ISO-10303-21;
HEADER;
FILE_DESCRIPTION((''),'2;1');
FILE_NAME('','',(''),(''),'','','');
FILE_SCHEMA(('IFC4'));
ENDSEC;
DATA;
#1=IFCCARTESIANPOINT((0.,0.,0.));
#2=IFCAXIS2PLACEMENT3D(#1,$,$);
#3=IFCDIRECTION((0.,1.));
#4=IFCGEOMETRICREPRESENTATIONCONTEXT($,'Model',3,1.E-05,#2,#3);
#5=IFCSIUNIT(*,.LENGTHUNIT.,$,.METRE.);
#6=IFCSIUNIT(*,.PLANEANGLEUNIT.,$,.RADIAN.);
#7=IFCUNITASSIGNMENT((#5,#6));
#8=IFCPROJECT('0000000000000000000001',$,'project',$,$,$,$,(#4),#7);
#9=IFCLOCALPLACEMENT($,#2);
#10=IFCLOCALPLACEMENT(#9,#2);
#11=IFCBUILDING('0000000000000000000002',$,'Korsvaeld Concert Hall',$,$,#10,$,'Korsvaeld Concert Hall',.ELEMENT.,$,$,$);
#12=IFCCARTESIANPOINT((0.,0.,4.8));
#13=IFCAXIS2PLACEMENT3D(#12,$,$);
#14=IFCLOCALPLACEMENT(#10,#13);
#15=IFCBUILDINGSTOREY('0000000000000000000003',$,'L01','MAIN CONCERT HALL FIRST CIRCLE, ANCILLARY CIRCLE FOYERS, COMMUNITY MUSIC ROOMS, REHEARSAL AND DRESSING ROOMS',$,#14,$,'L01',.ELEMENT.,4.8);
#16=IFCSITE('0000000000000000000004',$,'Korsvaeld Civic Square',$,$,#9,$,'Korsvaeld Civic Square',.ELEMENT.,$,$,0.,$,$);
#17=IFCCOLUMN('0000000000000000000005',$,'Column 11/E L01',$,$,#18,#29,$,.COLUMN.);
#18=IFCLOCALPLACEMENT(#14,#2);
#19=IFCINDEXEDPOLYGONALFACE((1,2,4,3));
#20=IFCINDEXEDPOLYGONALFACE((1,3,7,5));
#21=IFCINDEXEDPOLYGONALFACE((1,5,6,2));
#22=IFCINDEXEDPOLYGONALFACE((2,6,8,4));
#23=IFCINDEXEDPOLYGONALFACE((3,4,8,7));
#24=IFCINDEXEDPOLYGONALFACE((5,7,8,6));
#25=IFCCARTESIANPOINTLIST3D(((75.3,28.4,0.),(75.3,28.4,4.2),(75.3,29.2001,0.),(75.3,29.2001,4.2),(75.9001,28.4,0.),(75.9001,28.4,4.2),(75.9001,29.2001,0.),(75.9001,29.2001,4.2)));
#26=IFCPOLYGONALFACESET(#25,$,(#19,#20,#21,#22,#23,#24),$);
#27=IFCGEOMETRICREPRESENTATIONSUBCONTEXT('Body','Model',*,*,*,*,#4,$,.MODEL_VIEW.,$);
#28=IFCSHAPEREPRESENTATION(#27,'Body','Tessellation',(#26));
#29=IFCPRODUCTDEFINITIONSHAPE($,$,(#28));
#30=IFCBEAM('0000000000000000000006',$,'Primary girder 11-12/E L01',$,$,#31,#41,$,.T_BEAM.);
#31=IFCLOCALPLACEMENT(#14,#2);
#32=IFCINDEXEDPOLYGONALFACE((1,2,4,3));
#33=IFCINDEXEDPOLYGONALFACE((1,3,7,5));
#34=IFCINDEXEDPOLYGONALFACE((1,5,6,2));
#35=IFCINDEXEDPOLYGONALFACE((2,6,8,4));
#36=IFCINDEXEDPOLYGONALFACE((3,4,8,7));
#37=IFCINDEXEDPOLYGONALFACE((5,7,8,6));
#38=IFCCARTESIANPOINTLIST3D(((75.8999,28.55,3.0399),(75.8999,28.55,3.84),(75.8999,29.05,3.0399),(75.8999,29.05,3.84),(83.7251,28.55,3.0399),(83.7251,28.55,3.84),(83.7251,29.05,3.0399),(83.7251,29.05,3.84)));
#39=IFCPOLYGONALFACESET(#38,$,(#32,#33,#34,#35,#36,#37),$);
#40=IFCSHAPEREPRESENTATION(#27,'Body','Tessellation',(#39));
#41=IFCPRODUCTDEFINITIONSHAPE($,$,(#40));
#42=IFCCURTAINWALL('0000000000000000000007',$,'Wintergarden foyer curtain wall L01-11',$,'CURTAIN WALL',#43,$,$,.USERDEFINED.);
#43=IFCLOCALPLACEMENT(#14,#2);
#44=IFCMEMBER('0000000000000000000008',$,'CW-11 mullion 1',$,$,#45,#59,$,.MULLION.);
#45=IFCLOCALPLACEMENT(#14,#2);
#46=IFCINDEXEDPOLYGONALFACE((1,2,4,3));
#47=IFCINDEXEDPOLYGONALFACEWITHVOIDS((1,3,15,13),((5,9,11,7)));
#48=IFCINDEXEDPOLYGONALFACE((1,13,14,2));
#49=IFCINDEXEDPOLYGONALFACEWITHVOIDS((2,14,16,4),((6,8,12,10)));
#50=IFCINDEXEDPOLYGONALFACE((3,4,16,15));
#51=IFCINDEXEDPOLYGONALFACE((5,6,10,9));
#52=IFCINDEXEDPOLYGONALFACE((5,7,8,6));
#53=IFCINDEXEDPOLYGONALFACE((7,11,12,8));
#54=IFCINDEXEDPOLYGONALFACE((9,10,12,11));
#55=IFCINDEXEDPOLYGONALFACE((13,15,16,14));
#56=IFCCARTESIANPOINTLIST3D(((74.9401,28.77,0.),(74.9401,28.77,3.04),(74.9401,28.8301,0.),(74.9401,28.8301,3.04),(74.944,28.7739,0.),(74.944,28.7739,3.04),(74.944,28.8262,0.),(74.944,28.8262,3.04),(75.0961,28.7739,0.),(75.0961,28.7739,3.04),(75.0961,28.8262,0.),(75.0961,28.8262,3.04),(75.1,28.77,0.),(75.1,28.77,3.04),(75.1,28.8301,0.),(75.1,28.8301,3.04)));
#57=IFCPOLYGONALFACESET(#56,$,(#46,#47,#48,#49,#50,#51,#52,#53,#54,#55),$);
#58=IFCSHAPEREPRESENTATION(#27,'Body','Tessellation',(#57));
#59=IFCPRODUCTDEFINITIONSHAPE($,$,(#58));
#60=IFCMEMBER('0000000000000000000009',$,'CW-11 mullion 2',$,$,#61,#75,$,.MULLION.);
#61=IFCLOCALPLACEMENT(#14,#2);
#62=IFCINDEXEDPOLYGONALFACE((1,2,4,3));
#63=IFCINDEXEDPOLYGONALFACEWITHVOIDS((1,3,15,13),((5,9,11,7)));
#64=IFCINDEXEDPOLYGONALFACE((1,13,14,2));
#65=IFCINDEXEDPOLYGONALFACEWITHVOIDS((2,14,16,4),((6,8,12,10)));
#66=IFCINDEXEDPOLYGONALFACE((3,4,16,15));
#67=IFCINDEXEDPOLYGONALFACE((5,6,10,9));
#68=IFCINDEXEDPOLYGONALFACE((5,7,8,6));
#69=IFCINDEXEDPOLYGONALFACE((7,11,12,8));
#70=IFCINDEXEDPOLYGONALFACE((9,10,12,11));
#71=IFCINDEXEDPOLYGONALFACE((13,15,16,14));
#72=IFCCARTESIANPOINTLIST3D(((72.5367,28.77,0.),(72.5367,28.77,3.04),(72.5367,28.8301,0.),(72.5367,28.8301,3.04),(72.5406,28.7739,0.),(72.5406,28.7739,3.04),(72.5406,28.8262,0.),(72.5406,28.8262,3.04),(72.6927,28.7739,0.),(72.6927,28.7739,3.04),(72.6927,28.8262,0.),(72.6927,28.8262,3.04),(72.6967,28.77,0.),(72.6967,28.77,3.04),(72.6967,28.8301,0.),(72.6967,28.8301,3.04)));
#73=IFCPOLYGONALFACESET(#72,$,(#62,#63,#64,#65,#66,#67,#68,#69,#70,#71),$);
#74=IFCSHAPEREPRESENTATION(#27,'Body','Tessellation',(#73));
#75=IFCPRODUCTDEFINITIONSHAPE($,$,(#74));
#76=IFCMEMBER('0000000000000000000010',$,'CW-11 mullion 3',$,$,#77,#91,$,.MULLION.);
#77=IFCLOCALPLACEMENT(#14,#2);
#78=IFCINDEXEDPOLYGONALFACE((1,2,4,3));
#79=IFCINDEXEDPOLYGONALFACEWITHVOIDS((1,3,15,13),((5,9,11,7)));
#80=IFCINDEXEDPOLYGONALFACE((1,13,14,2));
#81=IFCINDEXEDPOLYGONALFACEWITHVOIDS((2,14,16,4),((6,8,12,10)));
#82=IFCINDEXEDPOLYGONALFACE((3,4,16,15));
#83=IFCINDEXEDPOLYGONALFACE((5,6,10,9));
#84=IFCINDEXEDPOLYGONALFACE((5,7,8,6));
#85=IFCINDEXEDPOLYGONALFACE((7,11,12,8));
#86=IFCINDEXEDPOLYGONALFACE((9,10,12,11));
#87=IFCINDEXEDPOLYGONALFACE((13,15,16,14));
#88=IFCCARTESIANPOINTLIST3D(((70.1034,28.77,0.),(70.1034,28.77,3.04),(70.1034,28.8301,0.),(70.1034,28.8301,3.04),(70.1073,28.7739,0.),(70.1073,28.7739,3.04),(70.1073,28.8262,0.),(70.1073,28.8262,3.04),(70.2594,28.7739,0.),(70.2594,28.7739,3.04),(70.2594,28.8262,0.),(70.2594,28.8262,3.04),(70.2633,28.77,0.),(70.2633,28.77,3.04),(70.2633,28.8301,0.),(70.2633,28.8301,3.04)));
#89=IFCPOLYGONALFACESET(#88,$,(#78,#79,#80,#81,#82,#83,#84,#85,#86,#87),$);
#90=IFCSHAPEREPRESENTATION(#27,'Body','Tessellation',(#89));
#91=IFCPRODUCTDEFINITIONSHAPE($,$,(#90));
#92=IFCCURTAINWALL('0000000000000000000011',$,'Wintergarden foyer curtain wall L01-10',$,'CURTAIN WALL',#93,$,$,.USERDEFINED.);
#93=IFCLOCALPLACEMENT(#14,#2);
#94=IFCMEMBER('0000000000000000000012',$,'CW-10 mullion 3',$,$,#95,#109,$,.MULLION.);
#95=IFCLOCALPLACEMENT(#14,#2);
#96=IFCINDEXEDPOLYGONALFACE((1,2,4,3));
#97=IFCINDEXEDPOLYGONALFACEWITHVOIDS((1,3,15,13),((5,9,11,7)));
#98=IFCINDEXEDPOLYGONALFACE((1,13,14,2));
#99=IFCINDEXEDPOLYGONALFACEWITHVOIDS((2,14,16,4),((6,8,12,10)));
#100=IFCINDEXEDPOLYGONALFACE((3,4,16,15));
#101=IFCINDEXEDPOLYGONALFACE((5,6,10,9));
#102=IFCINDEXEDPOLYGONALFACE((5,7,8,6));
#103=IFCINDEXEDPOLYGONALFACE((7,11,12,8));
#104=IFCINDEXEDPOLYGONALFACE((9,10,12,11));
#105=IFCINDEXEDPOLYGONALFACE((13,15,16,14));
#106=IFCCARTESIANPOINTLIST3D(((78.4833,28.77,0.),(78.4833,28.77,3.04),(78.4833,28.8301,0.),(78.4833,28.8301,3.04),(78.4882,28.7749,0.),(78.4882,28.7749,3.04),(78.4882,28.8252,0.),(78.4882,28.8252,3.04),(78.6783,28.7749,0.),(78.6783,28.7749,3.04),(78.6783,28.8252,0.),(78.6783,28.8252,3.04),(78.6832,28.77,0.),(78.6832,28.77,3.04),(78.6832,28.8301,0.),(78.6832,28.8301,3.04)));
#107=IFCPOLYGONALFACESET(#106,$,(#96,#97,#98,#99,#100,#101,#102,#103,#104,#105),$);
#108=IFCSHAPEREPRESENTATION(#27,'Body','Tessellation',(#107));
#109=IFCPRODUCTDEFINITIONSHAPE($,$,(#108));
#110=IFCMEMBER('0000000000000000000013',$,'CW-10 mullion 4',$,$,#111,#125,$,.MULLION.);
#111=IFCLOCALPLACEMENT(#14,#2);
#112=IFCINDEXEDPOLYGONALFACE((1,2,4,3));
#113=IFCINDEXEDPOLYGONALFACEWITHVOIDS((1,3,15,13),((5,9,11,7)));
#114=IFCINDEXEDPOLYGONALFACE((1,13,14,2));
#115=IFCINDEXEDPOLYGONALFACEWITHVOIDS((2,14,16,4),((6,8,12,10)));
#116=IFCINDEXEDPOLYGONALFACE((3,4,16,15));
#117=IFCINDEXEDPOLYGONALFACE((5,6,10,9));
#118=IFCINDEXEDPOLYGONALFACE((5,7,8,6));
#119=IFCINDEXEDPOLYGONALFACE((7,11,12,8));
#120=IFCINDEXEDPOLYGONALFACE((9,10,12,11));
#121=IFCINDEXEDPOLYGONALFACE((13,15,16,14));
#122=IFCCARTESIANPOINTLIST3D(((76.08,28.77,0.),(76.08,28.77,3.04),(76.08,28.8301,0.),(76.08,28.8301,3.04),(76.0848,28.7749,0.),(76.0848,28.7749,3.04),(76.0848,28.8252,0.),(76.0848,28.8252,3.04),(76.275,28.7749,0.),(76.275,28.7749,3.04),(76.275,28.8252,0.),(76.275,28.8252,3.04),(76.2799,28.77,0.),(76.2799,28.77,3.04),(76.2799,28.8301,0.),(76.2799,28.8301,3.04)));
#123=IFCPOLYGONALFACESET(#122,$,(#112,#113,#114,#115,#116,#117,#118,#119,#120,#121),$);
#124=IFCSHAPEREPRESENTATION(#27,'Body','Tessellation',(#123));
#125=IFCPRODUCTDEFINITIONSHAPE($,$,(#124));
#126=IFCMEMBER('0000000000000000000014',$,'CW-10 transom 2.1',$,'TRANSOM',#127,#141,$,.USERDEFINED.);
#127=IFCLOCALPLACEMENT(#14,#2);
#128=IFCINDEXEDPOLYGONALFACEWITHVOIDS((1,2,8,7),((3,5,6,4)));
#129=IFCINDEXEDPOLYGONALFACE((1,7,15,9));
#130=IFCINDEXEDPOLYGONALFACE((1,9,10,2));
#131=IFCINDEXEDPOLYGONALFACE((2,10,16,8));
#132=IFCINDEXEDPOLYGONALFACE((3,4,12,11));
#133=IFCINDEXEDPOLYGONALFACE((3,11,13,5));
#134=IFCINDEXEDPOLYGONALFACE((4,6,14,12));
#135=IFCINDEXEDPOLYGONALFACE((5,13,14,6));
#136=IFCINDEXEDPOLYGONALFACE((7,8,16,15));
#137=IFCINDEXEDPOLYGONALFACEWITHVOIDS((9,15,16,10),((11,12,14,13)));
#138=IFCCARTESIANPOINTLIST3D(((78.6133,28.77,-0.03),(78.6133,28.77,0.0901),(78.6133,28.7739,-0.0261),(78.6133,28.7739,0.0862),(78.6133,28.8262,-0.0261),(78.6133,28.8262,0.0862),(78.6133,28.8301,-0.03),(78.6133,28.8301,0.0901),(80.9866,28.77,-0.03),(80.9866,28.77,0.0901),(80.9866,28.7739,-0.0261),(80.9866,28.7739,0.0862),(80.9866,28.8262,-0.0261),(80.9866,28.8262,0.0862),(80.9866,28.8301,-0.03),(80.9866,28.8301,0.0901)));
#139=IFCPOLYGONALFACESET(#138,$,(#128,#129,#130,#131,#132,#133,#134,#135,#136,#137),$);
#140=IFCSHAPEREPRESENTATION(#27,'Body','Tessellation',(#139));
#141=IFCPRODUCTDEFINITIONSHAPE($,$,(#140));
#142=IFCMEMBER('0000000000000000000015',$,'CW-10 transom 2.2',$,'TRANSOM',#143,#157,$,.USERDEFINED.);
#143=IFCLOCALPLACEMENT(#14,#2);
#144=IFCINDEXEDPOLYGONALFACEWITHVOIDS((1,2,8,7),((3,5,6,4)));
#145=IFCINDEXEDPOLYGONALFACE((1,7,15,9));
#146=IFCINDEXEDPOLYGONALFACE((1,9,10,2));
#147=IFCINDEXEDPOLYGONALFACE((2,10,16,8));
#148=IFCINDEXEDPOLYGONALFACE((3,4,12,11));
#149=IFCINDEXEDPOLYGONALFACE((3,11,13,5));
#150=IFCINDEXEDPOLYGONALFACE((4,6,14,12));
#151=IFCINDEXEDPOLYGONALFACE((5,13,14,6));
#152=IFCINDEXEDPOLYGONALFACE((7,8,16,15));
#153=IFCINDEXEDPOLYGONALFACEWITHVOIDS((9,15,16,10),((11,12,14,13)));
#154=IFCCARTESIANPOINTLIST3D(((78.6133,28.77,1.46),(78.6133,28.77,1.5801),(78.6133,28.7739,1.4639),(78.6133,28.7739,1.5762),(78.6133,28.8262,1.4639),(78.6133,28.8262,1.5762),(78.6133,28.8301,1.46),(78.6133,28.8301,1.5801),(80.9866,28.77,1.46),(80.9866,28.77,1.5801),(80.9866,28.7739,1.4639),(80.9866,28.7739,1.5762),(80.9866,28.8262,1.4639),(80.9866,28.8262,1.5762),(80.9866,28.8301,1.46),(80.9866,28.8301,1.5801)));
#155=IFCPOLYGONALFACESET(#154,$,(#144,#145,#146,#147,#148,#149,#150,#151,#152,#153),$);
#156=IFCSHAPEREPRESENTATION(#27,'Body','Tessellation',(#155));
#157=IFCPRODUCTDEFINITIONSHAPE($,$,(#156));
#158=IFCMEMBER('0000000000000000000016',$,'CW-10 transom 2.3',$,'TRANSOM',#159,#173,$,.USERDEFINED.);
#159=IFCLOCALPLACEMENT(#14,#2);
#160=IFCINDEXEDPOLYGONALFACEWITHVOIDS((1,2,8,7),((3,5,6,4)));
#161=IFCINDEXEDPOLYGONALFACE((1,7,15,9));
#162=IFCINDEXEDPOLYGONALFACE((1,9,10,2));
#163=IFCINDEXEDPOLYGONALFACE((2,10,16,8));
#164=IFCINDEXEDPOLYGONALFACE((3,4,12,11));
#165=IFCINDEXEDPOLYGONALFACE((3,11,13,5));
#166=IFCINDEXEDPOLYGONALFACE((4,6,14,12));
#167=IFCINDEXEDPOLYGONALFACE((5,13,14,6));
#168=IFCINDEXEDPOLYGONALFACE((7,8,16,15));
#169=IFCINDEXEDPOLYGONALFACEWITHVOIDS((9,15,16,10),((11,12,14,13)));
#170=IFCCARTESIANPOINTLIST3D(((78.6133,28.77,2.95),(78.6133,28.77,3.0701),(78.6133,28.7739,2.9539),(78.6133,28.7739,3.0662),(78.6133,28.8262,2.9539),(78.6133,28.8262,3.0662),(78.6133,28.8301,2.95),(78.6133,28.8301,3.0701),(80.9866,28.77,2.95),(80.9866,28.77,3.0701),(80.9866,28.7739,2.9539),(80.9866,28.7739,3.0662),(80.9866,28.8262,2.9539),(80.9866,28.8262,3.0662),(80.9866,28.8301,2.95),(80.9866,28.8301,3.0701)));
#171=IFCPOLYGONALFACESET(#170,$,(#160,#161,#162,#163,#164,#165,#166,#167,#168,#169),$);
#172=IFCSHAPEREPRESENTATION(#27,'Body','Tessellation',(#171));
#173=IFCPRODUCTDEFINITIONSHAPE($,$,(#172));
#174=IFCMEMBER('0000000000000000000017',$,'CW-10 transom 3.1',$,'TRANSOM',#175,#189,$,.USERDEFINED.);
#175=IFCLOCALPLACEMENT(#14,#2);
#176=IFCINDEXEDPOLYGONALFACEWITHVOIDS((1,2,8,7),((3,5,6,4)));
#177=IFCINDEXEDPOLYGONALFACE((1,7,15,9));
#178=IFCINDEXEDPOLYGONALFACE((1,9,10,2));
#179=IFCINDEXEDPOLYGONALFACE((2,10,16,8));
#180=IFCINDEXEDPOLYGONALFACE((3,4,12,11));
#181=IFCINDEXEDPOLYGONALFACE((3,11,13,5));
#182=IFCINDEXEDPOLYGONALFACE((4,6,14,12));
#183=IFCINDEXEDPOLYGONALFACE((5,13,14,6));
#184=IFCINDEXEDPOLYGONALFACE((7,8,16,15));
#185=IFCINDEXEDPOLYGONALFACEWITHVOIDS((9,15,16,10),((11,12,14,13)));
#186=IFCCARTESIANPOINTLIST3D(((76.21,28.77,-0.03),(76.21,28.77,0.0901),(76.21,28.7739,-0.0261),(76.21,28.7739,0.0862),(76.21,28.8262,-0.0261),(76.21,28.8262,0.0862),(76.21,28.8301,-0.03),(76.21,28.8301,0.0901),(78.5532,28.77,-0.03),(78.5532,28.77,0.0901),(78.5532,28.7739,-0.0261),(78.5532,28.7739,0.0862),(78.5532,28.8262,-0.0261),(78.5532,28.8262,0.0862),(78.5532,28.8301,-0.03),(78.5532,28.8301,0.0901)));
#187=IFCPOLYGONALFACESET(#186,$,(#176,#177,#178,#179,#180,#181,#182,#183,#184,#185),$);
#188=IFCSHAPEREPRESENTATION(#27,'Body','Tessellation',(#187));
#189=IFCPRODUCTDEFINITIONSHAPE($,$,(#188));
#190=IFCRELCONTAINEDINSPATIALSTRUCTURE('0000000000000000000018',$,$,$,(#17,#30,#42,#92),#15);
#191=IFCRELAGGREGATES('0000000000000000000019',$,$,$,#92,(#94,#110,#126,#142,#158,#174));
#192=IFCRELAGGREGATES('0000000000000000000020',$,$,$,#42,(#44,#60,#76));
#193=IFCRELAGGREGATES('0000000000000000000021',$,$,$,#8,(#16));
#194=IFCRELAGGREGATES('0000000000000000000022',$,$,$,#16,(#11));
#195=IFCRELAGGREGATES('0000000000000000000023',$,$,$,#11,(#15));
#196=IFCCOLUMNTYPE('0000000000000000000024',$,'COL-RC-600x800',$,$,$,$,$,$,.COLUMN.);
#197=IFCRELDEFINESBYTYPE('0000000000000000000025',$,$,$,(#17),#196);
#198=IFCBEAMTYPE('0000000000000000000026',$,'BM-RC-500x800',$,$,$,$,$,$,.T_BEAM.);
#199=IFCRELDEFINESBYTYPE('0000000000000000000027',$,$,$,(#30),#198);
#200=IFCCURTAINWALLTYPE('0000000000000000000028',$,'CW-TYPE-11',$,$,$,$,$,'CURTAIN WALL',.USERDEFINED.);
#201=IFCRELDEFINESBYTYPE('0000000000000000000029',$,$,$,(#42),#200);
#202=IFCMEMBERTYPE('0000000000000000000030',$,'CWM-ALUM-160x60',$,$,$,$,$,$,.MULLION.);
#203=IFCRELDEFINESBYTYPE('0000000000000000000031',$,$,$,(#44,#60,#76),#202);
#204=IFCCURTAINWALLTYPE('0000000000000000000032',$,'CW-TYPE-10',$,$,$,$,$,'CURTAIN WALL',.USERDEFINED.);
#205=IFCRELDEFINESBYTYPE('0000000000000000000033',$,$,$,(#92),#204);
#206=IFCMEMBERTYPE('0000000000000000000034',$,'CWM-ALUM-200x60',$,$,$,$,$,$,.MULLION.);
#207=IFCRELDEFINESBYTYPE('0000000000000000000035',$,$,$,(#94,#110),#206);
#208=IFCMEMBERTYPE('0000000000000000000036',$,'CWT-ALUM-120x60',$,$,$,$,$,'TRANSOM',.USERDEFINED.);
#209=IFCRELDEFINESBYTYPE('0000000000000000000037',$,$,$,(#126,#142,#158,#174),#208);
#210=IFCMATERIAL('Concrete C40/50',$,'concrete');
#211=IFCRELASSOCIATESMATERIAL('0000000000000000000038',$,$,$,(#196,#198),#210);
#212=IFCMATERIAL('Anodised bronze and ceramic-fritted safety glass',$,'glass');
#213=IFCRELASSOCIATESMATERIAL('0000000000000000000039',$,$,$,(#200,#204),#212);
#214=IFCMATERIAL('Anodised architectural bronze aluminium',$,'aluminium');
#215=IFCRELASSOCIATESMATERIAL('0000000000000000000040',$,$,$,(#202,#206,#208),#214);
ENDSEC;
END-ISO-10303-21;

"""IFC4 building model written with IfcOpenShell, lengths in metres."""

from ifc_helpers import new_model, si_unit, direction, frame, origin, origin_2d, place, context, subcontext, project, spatial, rectangle, hollow_rectangle, extrude, material, material_profile, profile_set, type_object, element, aggregate, save


model = new_model("IFC4")

# Units and contexts
model_context = context("Model", 3, precision=1e-05, world=origin(), true_north=direction((0.0, 1.0)))
body_context = subcontext(model_context, "Body", "Model", "MODEL_VIEW")
ifc_project = project(units=[si_unit("LENGTHUNIT", "METRE"), si_unit("PLANEANGLEUNIT", "RADIAN")], contexts=[model_context])

# Site, building, storey
site_placement = place(None, origin())
site = spatial("IfcSite", under=ifc_project, at=site_placement, Name="Korsvaeld Civic Square", LongName="Korsvaeld Civic Square", CompositionType="ELEMENT", RefElevation=0.0)
building_placement = place(site_placement, origin())
building = spatial("IfcBuilding", under=site, at=building_placement, Name="Korsvaeld Concert Hall", LongName="Korsvaeld Concert Hall", CompositionType="ELEMENT")
storey_placement = place(building_placement, frame((0.0, 0.0, 4.8)))
storey = spatial("IfcBuildingStorey", under=building, at=storey_placement, Name="L01", Description="MAIN CONCERT HALL FIRST CIRCLE, ANCILLARY CIRCLE FOYERS, COMMUNITY MUSIC ROOMS, REHEARSAL AND DRESSING ROOMS", LongName="L01", CompositionType="ELEMENT", Elevation=4.8)

# Column
ifc_material_1 = material(Name="Concrete C40/50", Category="concrete")
ifc_material_profile_1 = material_profile(ifc_material_1, rectangle(XDim=0.6001, YDim=0.8, at=origin_2d()), Name="RC 600x800")
ifc_profile_set_1 = profile_set([ifc_material_profile_1], Name="Concrete C40/50")
column_type = type_object("IfcColumnType", Name="COL-RC-600x800", PredefinedType="COLUMN", material=ifc_profile_set_1)
column_placement = place(storey_placement, frame((75.6001, 28.8, 0.0), z_axis=(0.0, 0.0, 1.0), x_axis=(1.0, 0.0, 0.0)))
element("IfcColumn", 1, at=column_placement, inside=storey, type_object=column_type, Name="Column 11/E L01", PredefinedType="COLUMN", context=body_context, shape_type="SweptSolid", body=[
    extrude(rectangle(XDim=0.6001, YDim=0.8, at=origin_2d()), origin(), (0.0, 0.0, 1.0), 4.2),
])

# Beam
ifc_material_profile_2 = material_profile(ifc_material_1, rectangle(XDim=0.5, YDim=0.8, at=origin_2d()), Name="RC 500x800")
ifc_profile_set_2 = profile_set([ifc_material_profile_2], Name="Concrete C40/50")
beam_type = type_object("IfcBeamType", Name="BM-RC-500x800", PredefinedType="T_BEAM", material=ifc_profile_set_2)
beam_placement = place(storey_placement, frame((75.8999, 28.8, 3.4399), z_axis=(1.0, 0.0, 0.0), x_axis=(0.0, 1.0, 0.0)))
element("IfcBeam", 2, at=beam_placement, inside=storey, type_object=beam_type, Name="Primary girder 11-12/E L01", PredefinedType="T_BEAM", context=body_context, shape_type="SweptSolid", body=[
    extrude(rectangle(XDim=0.5, YDim=0.8, at=origin_2d()), origin(), (0.0, 0.0, 1.0), 7.8252),
])

# Curtain walls, members
ifc_material_2 = material(Name="Anodised bronze and ceramic-fritted safety glass", Category="glass")
curtain_wall_type_1 = type_object("IfcCurtainWallType", Name="CW-TYPE-11", ElementType="CURTAIN WALL", PredefinedType="USERDEFINED", material=ifc_material_2)
curtain_wall_1_placement = place(storey_placement, origin())
curtain_wall_1 = element("IfcCurtainWall", 3, at=curtain_wall_1_placement, inside=storey, type_object=curtain_wall_type_1, Name="Wintergarden foyer curtain wall L01-11", ObjectType="CURTAIN WALL", PredefinedType="USERDEFINED")
ifc_material_3 = material(Name="Anodised architectural bronze aluminium", Category="aluminium")
ifc_material_profile_3 = material_profile(ifc_material_3, hollow_rectangle(XDim=0.0601, YDim=0.1599, WallThickness=0.0039, at=origin_2d()), Name="CWM 160x60x4")
ifc_profile_set_3 = profile_set([ifc_material_profile_3], Name="Anodised architectural bronze aluminium")
member_type_1 = type_object("IfcMemberType", Name="CWM-ALUM-160x60", PredefinedType="MULLION", material=ifc_profile_set_3)
member_1_placement = place(storey_placement, frame((75.02, 28.8, 0.0), z_axis=(0.0, 0.0, 1.0), x_axis=(0.0, -1.0, 0.0)))
member_1 = element("IfcMember", 4, at=member_1_placement, type_object=member_type_1, Name="CW-11 mullion 1", PredefinedType="MULLION", context=body_context, shape_type="SweptSolid", body=[
    extrude(hollow_rectangle(XDim=0.0601, YDim=0.1599, WallThickness=0.0039, at=origin_2d()), origin(), (0.0, 0.0, 1.0), 3.04),
])
member_2_placement = place(storey_placement, frame((72.6167, 28.8, 0.0), z_axis=(0.0, 0.0, 1.0), x_axis=(0.0, -1.0, 0.0)))
member_2 = element("IfcMember", 5, at=member_2_placement, type_object=member_type_1, Name="CW-11 mullion 2", PredefinedType="MULLION", context=body_context, shape_type="SweptSolid", body=[
    extrude(hollow_rectangle(XDim=0.0601, YDim=0.1599, WallThickness=0.0039, at=origin_2d()), origin(), (0.0, 0.0, 1.0), 3.04),
])
member_3_placement = place(storey_placement, frame((70.1833, 28.8, 0.0), z_axis=(0.0, 0.0, 1.0), x_axis=(0.0, -1.0, 0.0)))
member_3 = element("IfcMember", 6, at=member_3_placement, type_object=member_type_1, Name="CW-11 mullion 3", PredefinedType="MULLION", context=body_context, shape_type="SweptSolid", body=[
    extrude(hollow_rectangle(XDim=0.0601, YDim=0.1599, WallThickness=0.0039, at=origin_2d()), origin(), (0.0, 0.0, 1.0), 3.04),
])
curtain_wall_type_2 = type_object("IfcCurtainWallType", Name="CW-TYPE-10", ElementType="CURTAIN WALL", PredefinedType="USERDEFINED", material=ifc_material_2)
curtain_wall_2_placement = place(storey_placement, origin())
curtain_wall_2 = element("IfcCurtainWall", 7, at=curtain_wall_2_placement, inside=storey, type_object=curtain_wall_type_2, Name="Wintergarden foyer curtain wall L01-10", ObjectType="CURTAIN WALL", PredefinedType="USERDEFINED")
ifc_material_profile_4 = material_profile(ifc_material_3, hollow_rectangle(XDim=0.0601, YDim=0.2, WallThickness=0.0049, at=origin_2d()), Name="CWM 200x60x5")
ifc_profile_set_4 = profile_set([ifc_material_profile_4], Name="Anodised architectural bronze aluminium")
member_type_2 = type_object("IfcMemberType", Name="CWM-ALUM-200x60", PredefinedType="MULLION", material=ifc_profile_set_4)
member_4_placement = place(storey_placement, frame((78.5833, 28.8, 0.0), z_axis=(0.0, 0.0, 1.0), x_axis=(0.0, -1.0, 0.0)))
member_4 = element("IfcMember", 8, at=member_4_placement, type_object=member_type_2, Name="CW-10 mullion 3", PredefinedType="MULLION", context=body_context, shape_type="SweptSolid", body=[
    extrude(hollow_rectangle(XDim=0.0601, YDim=0.2, WallThickness=0.0049, at=origin_2d()), origin(), (0.0, 0.0, 1.0), 3.04),
])
member_5_placement = place(storey_placement, frame((76.1799, 28.8, 0.0), z_axis=(0.0, 0.0, 1.0), x_axis=(0.0, -1.0, 0.0)))
member_5 = element("IfcMember", 9, at=member_5_placement, type_object=member_type_2, Name="CW-10 mullion 4", PredefinedType="MULLION", context=body_context, shape_type="SweptSolid", body=[
    extrude(hollow_rectangle(XDim=0.0601, YDim=0.2, WallThickness=0.0049, at=origin_2d()), origin(), (0.0, 0.0, 1.0), 3.04),
])
ifc_material_profile_5 = material_profile(ifc_material_3, hollow_rectangle(XDim=0.0601, YDim=0.1201, WallThickness=0.0039, at=origin_2d()), Name="CWT 120x60x4")
ifc_profile_set_5 = profile_set([ifc_material_profile_5], Name="Anodised architectural bronze aluminium")
member_type_3 = type_object("IfcMemberType", Name="CWT-ALUM-120x60", ElementType="TRANSOM", PredefinedType="USERDEFINED", material=ifc_profile_set_5)
member_6_placement = place(storey_placement, frame((80.9866, 28.8, 0.03), z_axis=(-1.0, 0.0, 0.0), x_axis=(0.0, -1.0, 0.0)))
member_6 = element("IfcMember", 10, at=member_6_placement, type_object=member_type_3, Name="CW-10 transom 2.1", ObjectType="TRANSOM", PredefinedType="USERDEFINED", context=body_context, shape_type="SweptSolid", body=[
    extrude(hollow_rectangle(XDim=0.0601, YDim=0.1201, WallThickness=0.0039, at=origin_2d()), origin(), (0.0, 0.0, 1.0), 2.3733),
])
member_7_placement = place(storey_placement, frame((80.9866, 28.8, 1.52), z_axis=(-1.0, 0.0, 0.0), x_axis=(0.0, -1.0, 0.0)))
member_7 = element("IfcMember", 11, at=member_7_placement, type_object=member_type_3, Name="CW-10 transom 2.2", ObjectType="TRANSOM", PredefinedType="USERDEFINED", context=body_context, shape_type="SweptSolid", body=[
    extrude(hollow_rectangle(XDim=0.0601, YDim=0.1201, WallThickness=0.0039, at=origin_2d()), origin(), (0.0, 0.0, 1.0), 2.3733),
])
member_8_placement = place(storey_placement, frame((80.9866, 28.8, 3.01), z_axis=(-1.0, 0.0, 0.0), x_axis=(0.0, -1.0, 0.0)))
member_8 = element("IfcMember", 12, at=member_8_placement, type_object=member_type_3, Name="CW-10 transom 2.3", ObjectType="TRANSOM", PredefinedType="USERDEFINED", context=body_context, shape_type="SweptSolid", body=[
    extrude(hollow_rectangle(XDim=0.0601, YDim=0.1201, WallThickness=0.0039, at=origin_2d()), origin(), (0.0, 0.0, 1.0), 2.3733),
])
member_9_placement = place(storey_placement, frame((78.5532, 28.8, 0.03), z_axis=(-1.0, 0.0, 0.0), x_axis=(0.0, -1.0, 0.0)))
member_9 = element("IfcMember", 13, at=member_9_placement, type_object=member_type_3, Name="CW-10 transom 3.1", ObjectType="TRANSOM", PredefinedType="USERDEFINED", context=body_context, shape_type="SweptSolid", body=[
    extrude(hollow_rectangle(XDim=0.0601, YDim=0.1201, WallThickness=0.0039, at=origin_2d()), origin(), (0.0, 0.0, 1.0), 2.3433),
])

aggregate(curtain_wall_2, [member_4, member_5, member_6, member_7, member_8, member_9])
aggregate(curtain_wall_1, [member_1, member_2, member_3])

save(model, "model.ifc")
